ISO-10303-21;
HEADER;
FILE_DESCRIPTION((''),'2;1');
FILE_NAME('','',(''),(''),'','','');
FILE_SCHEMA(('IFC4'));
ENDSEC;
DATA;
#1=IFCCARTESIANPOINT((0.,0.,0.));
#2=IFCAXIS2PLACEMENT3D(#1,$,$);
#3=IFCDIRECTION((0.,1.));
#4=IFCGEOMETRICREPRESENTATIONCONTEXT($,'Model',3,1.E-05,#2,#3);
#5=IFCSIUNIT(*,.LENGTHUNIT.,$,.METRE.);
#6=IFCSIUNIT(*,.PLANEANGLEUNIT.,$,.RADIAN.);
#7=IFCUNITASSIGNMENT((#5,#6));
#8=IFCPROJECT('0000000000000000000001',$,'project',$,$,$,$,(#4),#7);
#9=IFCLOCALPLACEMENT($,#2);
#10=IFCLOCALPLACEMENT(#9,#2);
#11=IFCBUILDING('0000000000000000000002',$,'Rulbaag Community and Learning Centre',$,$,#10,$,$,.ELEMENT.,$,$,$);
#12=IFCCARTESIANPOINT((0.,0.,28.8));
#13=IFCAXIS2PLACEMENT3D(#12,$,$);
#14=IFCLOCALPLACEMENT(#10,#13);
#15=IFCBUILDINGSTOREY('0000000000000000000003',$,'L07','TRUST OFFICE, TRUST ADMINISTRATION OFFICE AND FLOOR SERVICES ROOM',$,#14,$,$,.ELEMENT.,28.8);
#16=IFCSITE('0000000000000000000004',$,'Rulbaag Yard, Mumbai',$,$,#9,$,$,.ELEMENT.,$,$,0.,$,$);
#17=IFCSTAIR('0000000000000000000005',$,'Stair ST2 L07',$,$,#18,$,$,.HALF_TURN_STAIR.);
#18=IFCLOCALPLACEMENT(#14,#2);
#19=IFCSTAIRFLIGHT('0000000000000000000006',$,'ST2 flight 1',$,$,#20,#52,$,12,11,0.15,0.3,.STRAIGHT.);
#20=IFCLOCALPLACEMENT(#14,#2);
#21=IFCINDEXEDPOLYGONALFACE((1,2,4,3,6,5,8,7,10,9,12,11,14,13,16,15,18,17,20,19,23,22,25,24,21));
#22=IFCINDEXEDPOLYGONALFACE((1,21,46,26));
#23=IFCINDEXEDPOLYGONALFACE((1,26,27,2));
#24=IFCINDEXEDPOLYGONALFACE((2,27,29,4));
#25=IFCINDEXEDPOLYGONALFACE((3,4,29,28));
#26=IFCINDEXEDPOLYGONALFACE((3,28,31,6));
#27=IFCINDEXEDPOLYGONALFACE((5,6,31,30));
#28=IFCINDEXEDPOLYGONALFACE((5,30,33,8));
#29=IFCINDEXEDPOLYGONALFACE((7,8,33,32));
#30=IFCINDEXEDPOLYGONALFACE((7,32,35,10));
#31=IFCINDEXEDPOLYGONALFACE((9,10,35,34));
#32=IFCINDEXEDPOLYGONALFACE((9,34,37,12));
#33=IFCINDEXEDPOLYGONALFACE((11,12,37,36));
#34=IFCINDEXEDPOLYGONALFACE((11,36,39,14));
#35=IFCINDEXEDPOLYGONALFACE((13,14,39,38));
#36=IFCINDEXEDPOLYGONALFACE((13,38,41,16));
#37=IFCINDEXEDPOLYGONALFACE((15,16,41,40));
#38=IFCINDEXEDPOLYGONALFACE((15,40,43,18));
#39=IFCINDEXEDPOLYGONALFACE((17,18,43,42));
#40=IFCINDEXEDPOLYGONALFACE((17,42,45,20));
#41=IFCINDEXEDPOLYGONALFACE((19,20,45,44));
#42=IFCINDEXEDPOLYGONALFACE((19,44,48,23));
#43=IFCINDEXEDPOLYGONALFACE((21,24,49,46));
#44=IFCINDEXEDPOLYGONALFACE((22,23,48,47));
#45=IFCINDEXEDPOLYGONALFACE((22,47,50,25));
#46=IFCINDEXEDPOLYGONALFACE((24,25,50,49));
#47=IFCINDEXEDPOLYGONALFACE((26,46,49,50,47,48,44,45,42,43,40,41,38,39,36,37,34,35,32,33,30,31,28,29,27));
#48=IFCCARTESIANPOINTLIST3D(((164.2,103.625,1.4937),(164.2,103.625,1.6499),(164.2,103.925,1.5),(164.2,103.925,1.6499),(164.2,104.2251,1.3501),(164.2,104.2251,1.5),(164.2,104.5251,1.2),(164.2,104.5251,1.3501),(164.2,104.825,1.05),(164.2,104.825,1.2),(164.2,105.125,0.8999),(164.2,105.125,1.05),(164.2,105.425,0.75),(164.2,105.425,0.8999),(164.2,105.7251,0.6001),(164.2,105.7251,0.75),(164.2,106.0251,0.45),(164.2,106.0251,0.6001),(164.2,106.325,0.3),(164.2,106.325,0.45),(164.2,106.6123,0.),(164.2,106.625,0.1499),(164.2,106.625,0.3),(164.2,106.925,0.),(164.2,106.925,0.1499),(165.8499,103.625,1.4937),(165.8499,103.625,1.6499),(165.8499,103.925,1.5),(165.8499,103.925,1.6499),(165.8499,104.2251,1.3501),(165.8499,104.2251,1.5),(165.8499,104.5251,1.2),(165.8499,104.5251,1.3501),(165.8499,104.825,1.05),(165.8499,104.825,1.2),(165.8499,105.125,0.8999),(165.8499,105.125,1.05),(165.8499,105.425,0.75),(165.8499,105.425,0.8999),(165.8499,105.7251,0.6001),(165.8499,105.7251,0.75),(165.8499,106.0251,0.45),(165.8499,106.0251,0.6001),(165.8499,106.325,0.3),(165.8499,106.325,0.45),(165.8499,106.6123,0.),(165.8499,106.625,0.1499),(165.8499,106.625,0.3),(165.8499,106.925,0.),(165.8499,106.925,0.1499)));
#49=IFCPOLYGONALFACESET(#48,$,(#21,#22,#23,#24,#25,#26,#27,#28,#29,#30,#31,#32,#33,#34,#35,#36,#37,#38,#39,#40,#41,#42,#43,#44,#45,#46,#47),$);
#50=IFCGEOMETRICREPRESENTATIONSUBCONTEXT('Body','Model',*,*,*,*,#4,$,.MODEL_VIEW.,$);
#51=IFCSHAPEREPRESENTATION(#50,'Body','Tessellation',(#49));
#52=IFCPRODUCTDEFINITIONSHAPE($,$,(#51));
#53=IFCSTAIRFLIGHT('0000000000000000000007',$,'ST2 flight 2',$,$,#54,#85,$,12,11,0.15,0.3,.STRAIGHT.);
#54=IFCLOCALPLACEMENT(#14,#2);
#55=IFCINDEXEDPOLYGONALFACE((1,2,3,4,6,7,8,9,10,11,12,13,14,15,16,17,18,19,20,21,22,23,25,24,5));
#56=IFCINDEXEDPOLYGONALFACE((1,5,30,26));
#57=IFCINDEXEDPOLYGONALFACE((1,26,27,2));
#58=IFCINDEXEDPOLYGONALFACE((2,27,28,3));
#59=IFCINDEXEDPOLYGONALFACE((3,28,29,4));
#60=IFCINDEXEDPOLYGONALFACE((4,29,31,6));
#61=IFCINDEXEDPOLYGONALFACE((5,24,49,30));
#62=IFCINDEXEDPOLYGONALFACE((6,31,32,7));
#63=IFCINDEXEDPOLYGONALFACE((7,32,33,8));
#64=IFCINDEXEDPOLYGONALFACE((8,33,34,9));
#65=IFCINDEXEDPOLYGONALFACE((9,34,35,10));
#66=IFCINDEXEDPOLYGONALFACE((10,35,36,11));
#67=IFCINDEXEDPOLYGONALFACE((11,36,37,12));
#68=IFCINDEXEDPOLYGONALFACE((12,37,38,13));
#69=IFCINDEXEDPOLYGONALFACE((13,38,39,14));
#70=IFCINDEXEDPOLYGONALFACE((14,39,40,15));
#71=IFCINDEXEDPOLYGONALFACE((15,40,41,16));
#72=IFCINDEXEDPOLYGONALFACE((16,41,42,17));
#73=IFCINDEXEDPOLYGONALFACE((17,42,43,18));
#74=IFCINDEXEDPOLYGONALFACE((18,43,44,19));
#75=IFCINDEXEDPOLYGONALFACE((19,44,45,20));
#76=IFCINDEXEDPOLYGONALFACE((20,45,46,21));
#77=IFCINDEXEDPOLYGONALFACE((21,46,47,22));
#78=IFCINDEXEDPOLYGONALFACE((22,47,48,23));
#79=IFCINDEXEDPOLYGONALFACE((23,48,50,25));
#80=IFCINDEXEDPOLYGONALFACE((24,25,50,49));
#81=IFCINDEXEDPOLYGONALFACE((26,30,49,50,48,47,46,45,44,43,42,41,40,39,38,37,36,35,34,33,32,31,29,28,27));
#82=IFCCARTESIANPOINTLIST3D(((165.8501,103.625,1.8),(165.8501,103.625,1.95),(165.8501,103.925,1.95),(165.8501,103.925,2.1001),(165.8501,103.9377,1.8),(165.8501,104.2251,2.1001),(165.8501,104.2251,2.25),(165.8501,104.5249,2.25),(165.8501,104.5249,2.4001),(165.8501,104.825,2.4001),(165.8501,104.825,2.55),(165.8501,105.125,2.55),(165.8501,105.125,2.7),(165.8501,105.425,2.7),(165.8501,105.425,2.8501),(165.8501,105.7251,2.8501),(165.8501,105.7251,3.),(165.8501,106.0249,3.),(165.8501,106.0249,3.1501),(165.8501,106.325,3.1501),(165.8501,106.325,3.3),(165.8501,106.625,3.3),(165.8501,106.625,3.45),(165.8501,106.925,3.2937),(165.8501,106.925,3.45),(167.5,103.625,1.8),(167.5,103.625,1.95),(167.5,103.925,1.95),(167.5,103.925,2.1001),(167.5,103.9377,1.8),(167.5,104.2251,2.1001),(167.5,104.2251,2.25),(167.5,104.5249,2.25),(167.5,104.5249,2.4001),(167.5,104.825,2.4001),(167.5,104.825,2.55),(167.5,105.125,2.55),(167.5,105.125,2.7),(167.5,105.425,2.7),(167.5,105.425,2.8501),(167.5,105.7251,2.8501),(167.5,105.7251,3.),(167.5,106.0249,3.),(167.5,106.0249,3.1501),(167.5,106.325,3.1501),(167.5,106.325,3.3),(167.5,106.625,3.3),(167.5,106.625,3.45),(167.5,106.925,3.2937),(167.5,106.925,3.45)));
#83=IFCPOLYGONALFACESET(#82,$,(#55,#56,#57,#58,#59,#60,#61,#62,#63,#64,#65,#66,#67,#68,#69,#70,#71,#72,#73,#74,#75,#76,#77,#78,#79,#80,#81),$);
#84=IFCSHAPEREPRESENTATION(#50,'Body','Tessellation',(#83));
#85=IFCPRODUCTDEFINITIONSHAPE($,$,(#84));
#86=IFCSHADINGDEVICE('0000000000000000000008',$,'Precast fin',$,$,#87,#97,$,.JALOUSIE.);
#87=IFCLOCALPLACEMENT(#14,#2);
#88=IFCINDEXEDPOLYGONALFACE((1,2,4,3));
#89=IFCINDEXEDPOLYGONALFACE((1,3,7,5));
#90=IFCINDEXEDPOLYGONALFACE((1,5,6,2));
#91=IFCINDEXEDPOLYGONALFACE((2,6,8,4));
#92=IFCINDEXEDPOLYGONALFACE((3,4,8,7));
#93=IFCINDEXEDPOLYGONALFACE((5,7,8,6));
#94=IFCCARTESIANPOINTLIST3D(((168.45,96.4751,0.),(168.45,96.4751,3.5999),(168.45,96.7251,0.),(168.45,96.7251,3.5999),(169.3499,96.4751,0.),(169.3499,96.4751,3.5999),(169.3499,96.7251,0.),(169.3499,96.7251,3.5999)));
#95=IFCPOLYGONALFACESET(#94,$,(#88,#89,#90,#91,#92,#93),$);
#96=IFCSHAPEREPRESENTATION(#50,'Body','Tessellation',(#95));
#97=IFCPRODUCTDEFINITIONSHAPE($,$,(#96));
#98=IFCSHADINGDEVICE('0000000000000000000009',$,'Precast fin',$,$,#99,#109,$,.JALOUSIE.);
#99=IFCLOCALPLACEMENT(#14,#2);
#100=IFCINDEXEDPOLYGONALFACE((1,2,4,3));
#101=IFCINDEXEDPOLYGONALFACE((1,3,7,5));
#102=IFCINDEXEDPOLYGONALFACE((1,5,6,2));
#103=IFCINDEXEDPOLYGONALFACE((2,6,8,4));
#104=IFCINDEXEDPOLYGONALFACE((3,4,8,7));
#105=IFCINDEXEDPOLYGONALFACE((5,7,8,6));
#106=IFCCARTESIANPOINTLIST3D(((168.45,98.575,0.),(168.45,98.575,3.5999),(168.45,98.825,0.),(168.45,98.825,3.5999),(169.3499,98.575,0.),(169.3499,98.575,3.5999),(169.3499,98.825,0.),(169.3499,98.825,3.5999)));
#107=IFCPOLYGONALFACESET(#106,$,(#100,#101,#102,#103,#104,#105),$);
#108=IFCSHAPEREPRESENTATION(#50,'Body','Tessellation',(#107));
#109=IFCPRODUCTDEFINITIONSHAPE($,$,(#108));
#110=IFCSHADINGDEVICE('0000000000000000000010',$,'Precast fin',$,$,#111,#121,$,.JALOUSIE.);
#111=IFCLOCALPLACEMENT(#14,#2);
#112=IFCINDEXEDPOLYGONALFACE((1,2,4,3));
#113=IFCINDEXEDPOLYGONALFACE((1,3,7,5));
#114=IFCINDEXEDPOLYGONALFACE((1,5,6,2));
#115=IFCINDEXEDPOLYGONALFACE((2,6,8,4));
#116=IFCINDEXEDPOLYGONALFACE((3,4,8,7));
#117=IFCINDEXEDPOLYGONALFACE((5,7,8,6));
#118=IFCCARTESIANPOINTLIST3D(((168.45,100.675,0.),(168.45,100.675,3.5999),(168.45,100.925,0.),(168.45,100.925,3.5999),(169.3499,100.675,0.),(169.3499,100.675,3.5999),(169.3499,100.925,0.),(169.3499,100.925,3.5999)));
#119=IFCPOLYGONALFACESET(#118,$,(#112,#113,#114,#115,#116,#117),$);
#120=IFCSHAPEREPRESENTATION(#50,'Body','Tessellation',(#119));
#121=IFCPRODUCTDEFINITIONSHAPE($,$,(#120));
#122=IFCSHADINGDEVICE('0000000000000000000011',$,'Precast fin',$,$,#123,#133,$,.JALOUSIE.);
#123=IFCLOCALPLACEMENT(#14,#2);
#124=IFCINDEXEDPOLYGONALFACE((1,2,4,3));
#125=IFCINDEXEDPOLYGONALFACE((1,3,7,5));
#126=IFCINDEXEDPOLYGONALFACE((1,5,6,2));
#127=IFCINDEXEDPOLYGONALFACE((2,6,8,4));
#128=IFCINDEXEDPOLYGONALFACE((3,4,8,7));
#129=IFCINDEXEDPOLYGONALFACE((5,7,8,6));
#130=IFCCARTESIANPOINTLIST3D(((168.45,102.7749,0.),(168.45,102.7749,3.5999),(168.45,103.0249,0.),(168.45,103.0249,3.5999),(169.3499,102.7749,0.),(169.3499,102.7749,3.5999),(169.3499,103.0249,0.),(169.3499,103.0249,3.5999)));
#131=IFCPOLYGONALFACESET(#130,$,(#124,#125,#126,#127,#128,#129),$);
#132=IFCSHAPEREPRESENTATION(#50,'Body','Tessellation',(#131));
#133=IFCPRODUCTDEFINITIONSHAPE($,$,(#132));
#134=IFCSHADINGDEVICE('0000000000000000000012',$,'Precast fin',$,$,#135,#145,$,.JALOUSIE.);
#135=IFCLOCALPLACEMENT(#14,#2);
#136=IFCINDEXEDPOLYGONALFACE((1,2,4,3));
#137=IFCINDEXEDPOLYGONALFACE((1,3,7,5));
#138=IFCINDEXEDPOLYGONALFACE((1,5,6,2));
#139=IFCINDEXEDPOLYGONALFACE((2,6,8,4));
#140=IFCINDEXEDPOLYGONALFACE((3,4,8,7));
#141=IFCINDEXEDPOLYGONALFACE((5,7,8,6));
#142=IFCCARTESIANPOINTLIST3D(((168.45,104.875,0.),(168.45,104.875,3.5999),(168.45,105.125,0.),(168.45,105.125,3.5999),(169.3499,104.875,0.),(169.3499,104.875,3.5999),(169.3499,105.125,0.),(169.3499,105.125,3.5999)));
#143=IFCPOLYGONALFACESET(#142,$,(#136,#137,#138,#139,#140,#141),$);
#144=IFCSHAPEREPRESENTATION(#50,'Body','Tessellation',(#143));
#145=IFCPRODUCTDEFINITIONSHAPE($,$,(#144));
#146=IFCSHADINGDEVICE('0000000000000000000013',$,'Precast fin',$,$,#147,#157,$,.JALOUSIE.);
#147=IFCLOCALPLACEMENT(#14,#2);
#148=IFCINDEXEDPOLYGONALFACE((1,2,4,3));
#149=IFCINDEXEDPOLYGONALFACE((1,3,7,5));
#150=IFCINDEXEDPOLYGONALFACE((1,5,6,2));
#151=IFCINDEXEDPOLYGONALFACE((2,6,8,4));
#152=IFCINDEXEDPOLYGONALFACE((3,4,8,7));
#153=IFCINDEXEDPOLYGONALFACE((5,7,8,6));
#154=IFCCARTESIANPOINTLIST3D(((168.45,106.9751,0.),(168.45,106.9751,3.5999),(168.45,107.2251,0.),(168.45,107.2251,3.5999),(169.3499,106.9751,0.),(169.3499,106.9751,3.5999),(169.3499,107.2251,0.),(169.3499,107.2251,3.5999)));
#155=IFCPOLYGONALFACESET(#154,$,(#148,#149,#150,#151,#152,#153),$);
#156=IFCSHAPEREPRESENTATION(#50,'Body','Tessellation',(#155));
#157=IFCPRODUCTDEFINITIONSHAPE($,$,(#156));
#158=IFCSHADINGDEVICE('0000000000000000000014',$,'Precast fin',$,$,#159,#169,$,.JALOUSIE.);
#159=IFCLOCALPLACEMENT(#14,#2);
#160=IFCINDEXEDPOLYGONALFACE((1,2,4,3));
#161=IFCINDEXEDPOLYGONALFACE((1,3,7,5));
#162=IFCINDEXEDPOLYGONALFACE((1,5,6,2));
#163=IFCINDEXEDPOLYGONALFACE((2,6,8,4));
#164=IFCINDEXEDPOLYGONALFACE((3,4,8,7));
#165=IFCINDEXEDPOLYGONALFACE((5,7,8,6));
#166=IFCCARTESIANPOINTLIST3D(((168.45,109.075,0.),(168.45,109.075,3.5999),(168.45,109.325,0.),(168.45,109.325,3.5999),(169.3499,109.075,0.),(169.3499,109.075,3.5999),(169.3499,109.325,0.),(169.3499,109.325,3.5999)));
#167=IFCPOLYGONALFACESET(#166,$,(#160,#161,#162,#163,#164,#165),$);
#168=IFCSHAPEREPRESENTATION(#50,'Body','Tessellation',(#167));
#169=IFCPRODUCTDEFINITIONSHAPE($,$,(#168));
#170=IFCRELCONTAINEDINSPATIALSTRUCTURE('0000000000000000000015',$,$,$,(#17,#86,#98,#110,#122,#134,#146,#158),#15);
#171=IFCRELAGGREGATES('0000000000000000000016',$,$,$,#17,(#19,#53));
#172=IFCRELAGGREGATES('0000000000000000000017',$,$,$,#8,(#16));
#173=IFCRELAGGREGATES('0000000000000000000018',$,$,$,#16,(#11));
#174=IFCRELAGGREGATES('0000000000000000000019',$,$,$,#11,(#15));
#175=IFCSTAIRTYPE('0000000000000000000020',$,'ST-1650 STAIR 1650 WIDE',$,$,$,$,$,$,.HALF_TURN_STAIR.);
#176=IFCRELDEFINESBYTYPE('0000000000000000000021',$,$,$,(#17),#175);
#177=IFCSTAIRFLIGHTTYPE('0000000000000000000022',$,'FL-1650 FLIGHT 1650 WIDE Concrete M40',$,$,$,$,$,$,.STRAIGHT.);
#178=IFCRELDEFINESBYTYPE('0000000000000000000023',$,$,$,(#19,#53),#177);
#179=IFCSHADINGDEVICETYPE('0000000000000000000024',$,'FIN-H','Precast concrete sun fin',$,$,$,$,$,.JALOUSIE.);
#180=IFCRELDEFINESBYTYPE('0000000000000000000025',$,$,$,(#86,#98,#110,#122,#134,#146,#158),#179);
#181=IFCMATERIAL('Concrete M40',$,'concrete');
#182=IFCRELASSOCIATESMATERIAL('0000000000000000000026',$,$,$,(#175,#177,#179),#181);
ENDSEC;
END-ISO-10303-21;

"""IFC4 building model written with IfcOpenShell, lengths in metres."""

from ifc_helpers import new_model, si_unit, direction, frame, origin, origin_2d, place, context, subcontext, project, spatial, polyline, rectangle, outline, extrude, material, material_profile, profile_set, type_object, element, aggregate, save


model = new_model("IFC4")

# Units and contexts
model_context = context("Model", 3, precision=1e-05, world=origin(), true_north=direction((0.0, 1.0)))
body_context = subcontext(model_context, "Body", "Model", "MODEL_VIEW")
ifc_project = project(units=[si_unit("LENGTHUNIT", "METRE"), si_unit("PLANEANGLEUNIT", "RADIAN")], contexts=[model_context])

# Site, building, storey
site_placement = place(None, origin())
site = spatial("IfcSite", under=ifc_project, at=site_placement, Name="Rulbaag Yard, Mumbai", CompositionType="ELEMENT", RefElevation=0.0)
building_placement = place(site_placement, origin())
building = spatial("IfcBuilding", under=site, at=building_placement, Name="Rulbaag Community and Learning Centre", CompositionType="ELEMENT")
storey_placement = place(building_placement, frame((0.0, 0.0, 28.8)))
storey = spatial("IfcBuildingStorey", under=building, at=storey_placement, Name="L07", Description="TRUST OFFICE, TRUST ADMINISTRATION OFFICE AND FLOOR SERVICES ROOM", CompositionType="ELEMENT", Elevation=28.8)

# Shared definitions
ifc_material_1 = material(Name="Concrete M40", Category="concrete")

# Stair, stair flights
stair_type = type_object("IfcStairType", Name="ST-1650 STAIR 1650 WIDE", PredefinedType="HALF_TURN_STAIR", material=ifc_material_1)
stair_placement = place(storey_placement, origin())
stair = element("IfcStair", 1, at=stair_placement, inside=storey, type_object=stair_type, Name="Stair ST2 L07", PredefinedType="HALF_TURN_STAIR")
stair_flight_type = type_object("IfcStairFlightType", Name="FL-1650 FLIGHT 1650 WIDE Concrete M40", PredefinedType="STRAIGHT", material=ifc_material_1)
stair_flight_1_placement = place(storey_placement, frame((165.0249, 106.925, 0.0), z_axis=(0.0, 0.0, 1.0), x_axis=(0.0, -1.0, 0.0)))
stair_flight_1 = element("IfcStairFlight", 2, at=stair_flight_1_placement, type_object=stair_flight_type, Name="ST2 flight 1", NumberOfRisers=12, NumberOfTreads=11, PredefinedType="STRAIGHT", RiserHeight=0.15, TreadLength=0.3, context=body_context, shape_type="SweptSolid", body=[
    extrude(outline(polyline([(0.0, 0.0), (0.0, 0.1499), (0.3, 0.1499), (0.3, 0.3), (0.6001, 0.3), (0.6001, 0.45), (0.8999, 0.45), (0.8999, 0.6001), (1.2, 0.6001), (1.2, 0.75), (1.5, 0.75), (1.5, 0.8999), (1.8, 0.8999), (1.8, 1.05), (2.1001, 1.05), (2.1001, 1.2), (2.3999, 1.2), (2.3999, 1.3501), (2.7, 1.3501), (2.7, 1.5), (3.0, 1.5), (3.0, 1.6499), (3.3, 1.6499), (3.3, 1.4937), (0.3127, 0.0), (0.0, 0.0)])), frame((0.0, 0.825, 0.0), z_axis=(0.0, -1.0, 0.0), x_axis=(1.0, 0.0, 0.0)), (0.0, 0.0, 1.0), 1.6499),
])
stair_flight_2_placement = place(storey_placement, frame((166.675, 103.625, 1.8), z_axis=(0.0, 0.0, 1.0), x_axis=(0.0, 1.0, 0.0)))
stair_flight_2 = element("IfcStairFlight", 3, at=stair_flight_2_placement, type_object=stair_flight_type, Name="ST2 flight 2", NumberOfRisers=12, NumberOfTreads=11, PredefinedType="STRAIGHT", RiserHeight=0.15, TreadLength=0.3, context=body_context, shape_type="SweptSolid", body=[
    extrude(outline(polyline([(0.0, 0.0), (0.0, 0.1499), (0.3, 0.1499), (0.3, 0.3), (0.6001, 0.3), (0.6001, 0.45), (0.8999, 0.45), (0.8999, 0.6001), (1.2, 0.6001), (1.2, 0.75), (1.5, 0.75), (1.5, 0.8999), (1.8, 0.8999), (1.8, 1.05), (2.1001, 1.05), (2.1001, 1.2), (2.3999, 1.2), (2.3999, 1.3501), (2.7, 1.3501), (2.7, 1.5), (3.0, 1.5), (3.0, 1.6499), (3.3, 1.6499), (3.3, 1.4937), (0.3127, 0.0), (0.0, 0.0)])), frame((0.0, 0.825, 0.0), z_axis=(0.0, -1.0, 0.0), x_axis=(1.0, 0.0, 0.0)), (0.0, 0.0, 1.0), 1.6499),
])
aggregate(stair, [stair_flight_1, stair_flight_2])

# Shading devices
ifc_material_profile_1 = material_profile(ifc_material_1, rectangle(XDim=0.25, YDim=0.8999, at=origin_2d()), Name="PC 250x900")
ifc_profile_set_1 = profile_set([ifc_material_profile_1], Name="Concrete M40")
shading_device_type = type_object("IfcShadingDeviceType", Name="FIN-H", Description="Precast concrete sun fin", PredefinedType="JALOUSIE", material=ifc_profile_set_1)
for number, where, z_axis, x_axis, name in (
    (4, (168.8999, 96.6001, 0.0), (0.0, 0.0, 1.0), (0.0, 1.0, 0.0), "Precast fin"),
    (5, (168.8999, 98.7, 0.0), (0.0, 0.0, 1.0), (0.0, 1.0, 0.0), "Precast fin"),
    (6, (168.8999, 100.8, 0.0), (0.0, 0.0, 1.0), (0.0, 1.0, 0.0), "Precast fin"),
    (7, (168.8999, 102.8999, 0.0), (0.0, 0.0, 1.0), (0.0, 1.0, 0.0), "Precast fin"),
    (8, (168.8999, 105.0, 0.0), (0.0, 0.0, 1.0), (0.0, 1.0, 0.0), "Precast fin"),
    (9, (168.8999, 107.1001, 0.0), (0.0, 0.0, 1.0), (0.0, 1.0, 0.0), "Precast fin"),
    (10, (168.8999, 109.2, 0.0), (0.0, 0.0, 1.0), (0.0, 1.0, 0.0), "Precast fin"),
):
    element("IfcShadingDevice", number, at=place(storey_placement, frame(where, z_axis=z_axis, x_axis=x_axis)), inside=storey, type_object=shading_device_type, Name=name, PredefinedType="JALOUSIE", context=body_context, shape_type="SweptSolid", body=[
        extrude(rectangle(XDim=0.25, YDim=0.8999, at=origin_2d()), origin(), (0.0, 0.0, 1.0), 3.5999),
    ])

save(model, "model.ifc")
